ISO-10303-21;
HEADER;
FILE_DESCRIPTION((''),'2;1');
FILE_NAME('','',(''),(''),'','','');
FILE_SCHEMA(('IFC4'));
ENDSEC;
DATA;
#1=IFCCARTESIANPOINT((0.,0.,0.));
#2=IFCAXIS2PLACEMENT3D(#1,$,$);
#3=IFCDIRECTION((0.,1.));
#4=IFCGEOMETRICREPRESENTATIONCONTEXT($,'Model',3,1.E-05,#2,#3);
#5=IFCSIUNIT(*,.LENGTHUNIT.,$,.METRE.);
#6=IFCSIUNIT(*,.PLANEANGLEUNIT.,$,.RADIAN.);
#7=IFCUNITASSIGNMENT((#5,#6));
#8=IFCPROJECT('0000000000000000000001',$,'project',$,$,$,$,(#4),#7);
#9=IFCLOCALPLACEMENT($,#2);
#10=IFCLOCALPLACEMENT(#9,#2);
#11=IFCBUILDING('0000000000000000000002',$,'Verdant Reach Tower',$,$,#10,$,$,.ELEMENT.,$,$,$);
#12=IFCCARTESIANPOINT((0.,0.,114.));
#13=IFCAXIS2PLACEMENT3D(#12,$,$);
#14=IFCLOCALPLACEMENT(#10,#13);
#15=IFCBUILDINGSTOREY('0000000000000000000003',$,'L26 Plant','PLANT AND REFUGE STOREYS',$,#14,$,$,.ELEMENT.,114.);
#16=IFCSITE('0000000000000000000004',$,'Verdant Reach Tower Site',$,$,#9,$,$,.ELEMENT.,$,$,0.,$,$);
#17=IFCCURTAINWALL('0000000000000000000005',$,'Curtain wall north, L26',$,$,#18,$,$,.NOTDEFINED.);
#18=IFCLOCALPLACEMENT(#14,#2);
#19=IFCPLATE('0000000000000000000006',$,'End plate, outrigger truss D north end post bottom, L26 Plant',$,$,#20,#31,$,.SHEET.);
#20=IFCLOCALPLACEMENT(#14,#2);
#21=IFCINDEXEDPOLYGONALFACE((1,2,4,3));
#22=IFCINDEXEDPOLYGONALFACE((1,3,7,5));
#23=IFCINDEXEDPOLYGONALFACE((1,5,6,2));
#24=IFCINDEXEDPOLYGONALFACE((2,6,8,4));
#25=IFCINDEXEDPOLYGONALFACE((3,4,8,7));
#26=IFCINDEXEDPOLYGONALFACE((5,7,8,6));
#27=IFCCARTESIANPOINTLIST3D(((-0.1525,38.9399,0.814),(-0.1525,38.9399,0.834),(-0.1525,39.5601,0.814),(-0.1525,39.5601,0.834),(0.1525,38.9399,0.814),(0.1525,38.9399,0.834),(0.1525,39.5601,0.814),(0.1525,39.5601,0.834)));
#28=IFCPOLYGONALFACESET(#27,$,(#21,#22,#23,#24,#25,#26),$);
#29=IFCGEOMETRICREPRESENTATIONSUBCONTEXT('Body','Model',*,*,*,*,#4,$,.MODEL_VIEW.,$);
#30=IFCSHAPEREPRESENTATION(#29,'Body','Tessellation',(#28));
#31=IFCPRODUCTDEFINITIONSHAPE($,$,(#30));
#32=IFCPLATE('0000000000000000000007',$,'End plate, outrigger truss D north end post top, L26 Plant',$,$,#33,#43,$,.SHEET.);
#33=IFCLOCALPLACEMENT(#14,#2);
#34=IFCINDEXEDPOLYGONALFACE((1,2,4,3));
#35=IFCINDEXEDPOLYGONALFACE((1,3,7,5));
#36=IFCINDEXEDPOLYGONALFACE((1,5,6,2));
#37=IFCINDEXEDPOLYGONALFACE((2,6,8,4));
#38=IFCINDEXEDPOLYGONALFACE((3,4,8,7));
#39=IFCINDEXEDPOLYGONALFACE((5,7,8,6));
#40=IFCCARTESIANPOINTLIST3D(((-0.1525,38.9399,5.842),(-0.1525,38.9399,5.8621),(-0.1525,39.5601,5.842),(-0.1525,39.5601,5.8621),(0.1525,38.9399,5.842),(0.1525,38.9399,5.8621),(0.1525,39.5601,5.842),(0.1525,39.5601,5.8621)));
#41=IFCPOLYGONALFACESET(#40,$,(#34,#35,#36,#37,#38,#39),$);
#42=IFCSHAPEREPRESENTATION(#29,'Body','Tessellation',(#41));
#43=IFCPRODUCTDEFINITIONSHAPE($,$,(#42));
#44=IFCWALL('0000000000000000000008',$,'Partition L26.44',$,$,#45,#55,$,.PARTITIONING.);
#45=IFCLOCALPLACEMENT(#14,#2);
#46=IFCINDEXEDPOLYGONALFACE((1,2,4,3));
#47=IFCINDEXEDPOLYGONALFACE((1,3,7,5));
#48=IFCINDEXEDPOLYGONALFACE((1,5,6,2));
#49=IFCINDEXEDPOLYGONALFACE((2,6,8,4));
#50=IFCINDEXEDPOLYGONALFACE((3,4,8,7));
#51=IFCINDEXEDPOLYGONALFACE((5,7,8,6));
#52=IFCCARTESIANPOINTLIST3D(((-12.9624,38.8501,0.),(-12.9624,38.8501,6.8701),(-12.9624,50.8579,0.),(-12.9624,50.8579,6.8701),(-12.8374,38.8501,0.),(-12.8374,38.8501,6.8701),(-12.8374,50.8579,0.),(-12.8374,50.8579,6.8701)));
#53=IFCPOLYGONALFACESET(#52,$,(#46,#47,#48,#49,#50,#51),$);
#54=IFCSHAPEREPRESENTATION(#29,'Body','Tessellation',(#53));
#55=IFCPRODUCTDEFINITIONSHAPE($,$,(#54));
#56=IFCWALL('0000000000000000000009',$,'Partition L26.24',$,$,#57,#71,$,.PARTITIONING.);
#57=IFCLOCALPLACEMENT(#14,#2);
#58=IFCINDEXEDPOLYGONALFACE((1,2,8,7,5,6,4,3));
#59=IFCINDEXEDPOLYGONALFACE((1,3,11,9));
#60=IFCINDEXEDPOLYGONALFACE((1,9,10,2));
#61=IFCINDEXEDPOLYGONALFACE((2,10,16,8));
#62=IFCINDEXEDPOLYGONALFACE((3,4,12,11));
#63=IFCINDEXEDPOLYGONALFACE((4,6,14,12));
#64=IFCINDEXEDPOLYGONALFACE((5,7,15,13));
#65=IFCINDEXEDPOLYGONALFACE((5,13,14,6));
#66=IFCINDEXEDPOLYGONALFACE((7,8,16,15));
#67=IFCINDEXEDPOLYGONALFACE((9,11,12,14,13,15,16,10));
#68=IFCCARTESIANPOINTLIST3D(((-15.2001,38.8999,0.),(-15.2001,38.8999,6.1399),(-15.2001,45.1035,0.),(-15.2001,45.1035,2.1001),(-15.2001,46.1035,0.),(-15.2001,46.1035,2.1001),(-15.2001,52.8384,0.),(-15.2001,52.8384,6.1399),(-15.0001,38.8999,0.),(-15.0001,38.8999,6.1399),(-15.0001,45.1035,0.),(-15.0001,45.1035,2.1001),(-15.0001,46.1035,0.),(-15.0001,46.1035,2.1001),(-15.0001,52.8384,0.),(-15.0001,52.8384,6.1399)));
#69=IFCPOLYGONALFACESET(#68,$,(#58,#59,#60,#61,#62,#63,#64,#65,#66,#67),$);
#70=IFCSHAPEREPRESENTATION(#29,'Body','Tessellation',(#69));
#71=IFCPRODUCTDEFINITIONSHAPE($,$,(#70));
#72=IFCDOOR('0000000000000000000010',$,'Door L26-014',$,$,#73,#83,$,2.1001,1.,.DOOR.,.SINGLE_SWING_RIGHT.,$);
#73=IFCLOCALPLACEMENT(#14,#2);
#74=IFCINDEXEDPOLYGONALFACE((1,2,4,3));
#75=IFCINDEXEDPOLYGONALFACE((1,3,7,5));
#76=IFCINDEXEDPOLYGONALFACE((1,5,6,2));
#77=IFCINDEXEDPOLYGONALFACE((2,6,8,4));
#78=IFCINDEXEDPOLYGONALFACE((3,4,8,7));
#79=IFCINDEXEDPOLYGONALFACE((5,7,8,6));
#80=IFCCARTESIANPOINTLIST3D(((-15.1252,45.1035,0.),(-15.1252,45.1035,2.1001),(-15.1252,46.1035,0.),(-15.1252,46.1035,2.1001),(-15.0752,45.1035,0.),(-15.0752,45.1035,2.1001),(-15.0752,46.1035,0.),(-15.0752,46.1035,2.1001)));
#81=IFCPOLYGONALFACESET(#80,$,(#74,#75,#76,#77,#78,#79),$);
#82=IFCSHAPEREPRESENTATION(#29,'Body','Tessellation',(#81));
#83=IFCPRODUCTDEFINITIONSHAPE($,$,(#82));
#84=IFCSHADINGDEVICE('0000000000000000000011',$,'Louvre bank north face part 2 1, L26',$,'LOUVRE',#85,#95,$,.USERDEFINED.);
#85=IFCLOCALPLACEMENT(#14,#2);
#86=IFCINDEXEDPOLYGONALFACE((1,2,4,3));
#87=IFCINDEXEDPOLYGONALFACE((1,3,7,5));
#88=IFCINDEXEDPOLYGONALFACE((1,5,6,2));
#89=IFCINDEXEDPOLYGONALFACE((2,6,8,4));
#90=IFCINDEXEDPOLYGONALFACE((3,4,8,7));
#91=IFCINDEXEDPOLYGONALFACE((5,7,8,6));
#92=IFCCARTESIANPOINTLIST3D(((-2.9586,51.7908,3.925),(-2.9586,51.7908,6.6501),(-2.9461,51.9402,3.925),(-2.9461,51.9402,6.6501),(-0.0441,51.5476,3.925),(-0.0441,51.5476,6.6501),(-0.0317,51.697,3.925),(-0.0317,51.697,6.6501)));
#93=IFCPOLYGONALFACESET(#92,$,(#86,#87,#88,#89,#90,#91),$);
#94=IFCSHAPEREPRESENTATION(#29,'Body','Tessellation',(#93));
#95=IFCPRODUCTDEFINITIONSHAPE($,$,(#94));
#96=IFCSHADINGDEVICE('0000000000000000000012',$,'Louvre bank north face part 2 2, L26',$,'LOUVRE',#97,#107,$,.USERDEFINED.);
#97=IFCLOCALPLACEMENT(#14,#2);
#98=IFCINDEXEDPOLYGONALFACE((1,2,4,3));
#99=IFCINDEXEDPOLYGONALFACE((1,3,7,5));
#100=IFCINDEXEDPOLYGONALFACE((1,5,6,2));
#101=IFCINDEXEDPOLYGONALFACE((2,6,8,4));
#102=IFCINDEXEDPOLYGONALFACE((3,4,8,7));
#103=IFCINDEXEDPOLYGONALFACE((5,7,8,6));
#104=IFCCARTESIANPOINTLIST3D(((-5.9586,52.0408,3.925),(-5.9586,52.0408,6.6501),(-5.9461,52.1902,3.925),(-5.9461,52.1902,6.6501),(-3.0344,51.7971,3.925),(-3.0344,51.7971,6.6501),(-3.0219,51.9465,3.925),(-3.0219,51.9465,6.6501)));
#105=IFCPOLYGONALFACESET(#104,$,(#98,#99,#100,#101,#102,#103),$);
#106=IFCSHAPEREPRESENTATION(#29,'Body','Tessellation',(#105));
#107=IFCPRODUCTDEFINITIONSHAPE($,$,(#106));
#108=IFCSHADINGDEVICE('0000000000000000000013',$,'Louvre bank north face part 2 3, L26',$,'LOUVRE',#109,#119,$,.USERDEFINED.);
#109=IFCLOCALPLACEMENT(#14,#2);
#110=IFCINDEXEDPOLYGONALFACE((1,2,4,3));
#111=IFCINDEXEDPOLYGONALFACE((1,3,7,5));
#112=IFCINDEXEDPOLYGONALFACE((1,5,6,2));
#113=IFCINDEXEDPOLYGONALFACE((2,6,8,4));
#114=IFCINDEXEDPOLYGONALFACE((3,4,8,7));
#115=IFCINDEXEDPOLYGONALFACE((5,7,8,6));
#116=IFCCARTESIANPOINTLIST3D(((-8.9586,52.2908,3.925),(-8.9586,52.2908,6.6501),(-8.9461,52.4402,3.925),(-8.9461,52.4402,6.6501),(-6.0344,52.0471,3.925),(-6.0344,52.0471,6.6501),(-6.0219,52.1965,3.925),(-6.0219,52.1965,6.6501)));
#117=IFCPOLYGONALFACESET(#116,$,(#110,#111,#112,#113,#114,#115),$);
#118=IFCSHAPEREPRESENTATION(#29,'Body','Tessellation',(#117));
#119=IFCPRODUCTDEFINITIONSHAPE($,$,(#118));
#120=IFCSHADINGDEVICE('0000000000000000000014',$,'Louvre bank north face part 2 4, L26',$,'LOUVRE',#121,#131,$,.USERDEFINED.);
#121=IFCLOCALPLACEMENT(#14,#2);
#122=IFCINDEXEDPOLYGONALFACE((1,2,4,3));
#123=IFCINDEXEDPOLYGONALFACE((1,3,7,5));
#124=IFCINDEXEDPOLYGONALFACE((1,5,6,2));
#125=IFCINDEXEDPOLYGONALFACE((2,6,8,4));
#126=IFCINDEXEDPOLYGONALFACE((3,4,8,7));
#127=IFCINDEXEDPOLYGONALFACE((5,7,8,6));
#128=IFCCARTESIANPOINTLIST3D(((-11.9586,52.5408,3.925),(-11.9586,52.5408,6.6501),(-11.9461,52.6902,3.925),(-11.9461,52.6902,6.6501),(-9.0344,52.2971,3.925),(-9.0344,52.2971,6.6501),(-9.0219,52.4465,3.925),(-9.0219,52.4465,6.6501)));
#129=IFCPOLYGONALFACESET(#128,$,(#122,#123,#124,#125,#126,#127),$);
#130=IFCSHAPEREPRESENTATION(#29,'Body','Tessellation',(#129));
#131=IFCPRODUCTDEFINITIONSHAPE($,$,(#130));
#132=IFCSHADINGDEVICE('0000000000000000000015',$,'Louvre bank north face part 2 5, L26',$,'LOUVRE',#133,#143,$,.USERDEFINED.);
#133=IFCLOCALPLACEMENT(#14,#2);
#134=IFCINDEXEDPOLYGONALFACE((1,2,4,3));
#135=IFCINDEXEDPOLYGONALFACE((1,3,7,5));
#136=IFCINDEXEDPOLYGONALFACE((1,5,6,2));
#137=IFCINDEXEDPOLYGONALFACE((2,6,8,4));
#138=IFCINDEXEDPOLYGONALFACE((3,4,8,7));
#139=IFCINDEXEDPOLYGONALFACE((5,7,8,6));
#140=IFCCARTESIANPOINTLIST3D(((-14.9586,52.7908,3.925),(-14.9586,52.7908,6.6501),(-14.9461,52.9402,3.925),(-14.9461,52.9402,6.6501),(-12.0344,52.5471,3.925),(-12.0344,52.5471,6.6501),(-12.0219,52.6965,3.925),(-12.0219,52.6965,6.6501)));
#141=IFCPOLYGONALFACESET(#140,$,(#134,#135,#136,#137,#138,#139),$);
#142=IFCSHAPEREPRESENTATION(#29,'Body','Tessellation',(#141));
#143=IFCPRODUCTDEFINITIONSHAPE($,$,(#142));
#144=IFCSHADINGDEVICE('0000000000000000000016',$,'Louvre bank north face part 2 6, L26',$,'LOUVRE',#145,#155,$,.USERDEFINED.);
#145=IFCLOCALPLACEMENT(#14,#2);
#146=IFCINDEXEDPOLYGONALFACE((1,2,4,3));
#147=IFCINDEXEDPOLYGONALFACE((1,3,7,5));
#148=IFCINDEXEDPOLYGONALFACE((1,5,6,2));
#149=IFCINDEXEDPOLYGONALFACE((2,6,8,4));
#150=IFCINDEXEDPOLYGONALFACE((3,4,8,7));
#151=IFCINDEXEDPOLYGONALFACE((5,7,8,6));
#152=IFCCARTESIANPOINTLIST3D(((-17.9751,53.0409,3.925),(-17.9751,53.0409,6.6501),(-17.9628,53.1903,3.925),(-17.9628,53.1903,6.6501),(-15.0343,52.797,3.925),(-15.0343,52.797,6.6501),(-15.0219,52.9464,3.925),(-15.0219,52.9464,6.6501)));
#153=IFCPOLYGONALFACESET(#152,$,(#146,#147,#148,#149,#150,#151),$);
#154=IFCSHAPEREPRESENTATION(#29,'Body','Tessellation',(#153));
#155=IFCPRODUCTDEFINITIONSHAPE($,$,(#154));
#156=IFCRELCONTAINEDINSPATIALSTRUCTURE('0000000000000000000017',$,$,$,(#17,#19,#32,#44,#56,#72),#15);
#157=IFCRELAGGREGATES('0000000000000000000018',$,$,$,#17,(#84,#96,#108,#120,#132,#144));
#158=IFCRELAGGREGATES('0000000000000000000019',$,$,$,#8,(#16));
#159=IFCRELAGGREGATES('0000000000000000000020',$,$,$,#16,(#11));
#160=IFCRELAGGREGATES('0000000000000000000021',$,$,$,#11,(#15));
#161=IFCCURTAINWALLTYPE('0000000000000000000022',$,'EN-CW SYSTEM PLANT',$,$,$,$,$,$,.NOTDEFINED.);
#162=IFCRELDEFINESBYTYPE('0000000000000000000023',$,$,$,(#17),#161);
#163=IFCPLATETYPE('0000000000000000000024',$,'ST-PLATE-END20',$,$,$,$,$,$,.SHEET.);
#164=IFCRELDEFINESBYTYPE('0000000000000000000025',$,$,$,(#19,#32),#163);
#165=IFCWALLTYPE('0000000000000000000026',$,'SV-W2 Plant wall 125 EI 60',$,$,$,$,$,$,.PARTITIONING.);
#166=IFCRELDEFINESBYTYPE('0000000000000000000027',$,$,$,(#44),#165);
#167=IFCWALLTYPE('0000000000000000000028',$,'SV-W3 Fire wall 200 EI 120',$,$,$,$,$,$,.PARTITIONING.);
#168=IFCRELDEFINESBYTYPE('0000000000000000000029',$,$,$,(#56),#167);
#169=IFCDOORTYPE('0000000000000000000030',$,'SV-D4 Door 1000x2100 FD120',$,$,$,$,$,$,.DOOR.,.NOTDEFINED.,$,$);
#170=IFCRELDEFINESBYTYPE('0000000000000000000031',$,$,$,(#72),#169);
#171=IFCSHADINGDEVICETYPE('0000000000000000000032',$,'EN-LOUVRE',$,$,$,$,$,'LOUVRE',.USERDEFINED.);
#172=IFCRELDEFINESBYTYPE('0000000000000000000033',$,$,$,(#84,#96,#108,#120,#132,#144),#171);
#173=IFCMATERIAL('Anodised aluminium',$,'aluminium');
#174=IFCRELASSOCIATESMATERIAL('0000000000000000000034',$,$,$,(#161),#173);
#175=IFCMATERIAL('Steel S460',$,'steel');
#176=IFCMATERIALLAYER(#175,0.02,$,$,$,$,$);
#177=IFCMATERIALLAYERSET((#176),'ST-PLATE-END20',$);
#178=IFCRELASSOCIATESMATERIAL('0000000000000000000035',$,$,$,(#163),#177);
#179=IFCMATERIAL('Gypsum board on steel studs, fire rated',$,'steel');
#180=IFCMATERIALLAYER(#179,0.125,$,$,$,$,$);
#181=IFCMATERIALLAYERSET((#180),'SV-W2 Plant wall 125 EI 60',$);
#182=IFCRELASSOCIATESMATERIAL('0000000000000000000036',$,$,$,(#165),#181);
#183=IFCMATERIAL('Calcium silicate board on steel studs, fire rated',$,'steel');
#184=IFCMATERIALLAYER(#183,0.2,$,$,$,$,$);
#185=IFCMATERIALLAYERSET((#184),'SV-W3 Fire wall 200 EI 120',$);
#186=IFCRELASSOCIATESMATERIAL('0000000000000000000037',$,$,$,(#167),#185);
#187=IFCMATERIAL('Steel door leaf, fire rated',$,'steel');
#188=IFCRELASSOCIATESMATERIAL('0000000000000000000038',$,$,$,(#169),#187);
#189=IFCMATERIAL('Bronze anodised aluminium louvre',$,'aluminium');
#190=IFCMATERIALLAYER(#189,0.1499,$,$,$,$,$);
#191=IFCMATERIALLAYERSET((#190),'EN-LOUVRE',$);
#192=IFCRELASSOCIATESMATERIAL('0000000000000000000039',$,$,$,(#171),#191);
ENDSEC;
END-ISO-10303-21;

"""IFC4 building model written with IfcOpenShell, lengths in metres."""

from ifc_helpers import new_model, si_unit, direction, frame, frame_2d, origin, origin_2d, place, context, subcontext, project, spatial, rectangle, extrude, material, layer, layer_set, type_object, element, fill, aggregate, save


model = new_model("IFC4")

# Units and contexts
model_context = context("Model", 3, precision=1e-05, world=origin(), true_north=direction((0.0, 1.0)))
body_context = subcontext(model_context, "Body", "Model", "MODEL_VIEW")
ifc_project = project(units=[si_unit("LENGTHUNIT", "METRE"), si_unit("PLANEANGLEUNIT", "RADIAN")], contexts=[model_context])

# Site, building, storey
site_placement = place(None, origin())
site = spatial("IfcSite", under=ifc_project, at=site_placement, Name="Verdant Reach Tower Site", CompositionType="ELEMENT", RefElevation=0.0)
building_placement = place(site_placement, origin())
building = spatial("IfcBuilding", under=site, at=building_placement, Name="Verdant Reach Tower", CompositionType="ELEMENT")
storey_placement = place(building_placement, frame((0.0, 0.0, 114.0)))
storey = spatial("IfcBuildingStorey", under=building, at=storey_placement, Name="L26 Plant", Description="PLANT AND REFUGE STOREYS", CompositionType="ELEMENT", Elevation=114.0)

# Shared definitions
ifc_material_1 = material(Name="Steel S460", Category="steel")

# Curtain wall
ifc_material_2 = material(Name="Anodised aluminium", Category="aluminium")
curtain_wall_type = type_object("IfcCurtainWallType", Name="EN-CW SYSTEM PLANT", PredefinedType="NOTDEFINED", material=ifc_material_2)
curtain_wall_placement = place(storey_placement, origin())
curtain_wall = element("IfcCurtainWall", 1, at=curtain_wall_placement, inside=storey, type_object=curtain_wall_type, Name="Curtain wall north, L26", PredefinedType="NOTDEFINED")

# Plates
ifc_layer_1 = layer(ifc_material_1, 0.02)
ifc_layer_set_1 = layer_set([ifc_layer_1], Name="ST-PLATE-END20")
plate_type_1 = type_object("IfcPlateType", Name="ST-PLATE-END20", PredefinedType="SHEET", material=ifc_layer_set_1)
for number, where, z_axis, x_axis, name in (
    (2, (0.0, 39.25, 0.814), (0.0, 0.0, 1.0), (1.0, 0.0, 0.0), "End plate, outrigger truss D north end post bottom, L26 Plant"),
    (3, (0.0, 39.25, 5.842), (0.0, 0.0, 1.0), (1.0, 0.0, 0.0), "End plate, outrigger truss D north end post top, L26 Plant"),
):
    element("IfcPlate", number, at=place(storey_placement, frame(where, z_axis=z_axis, x_axis=x_axis)), inside=storey, type_object=plate_type_1, Name=name, PredefinedType="SHEET", context=body_context, shape_type="SweptSolid", body=[
        extrude(rectangle(XDim=0.3049, YDim=0.6201, at=origin_2d()), origin(), (0.0, 0.0, 1.0), 0.02),
    ])

# Wall
ifc_material_3 = material(Name="Gypsum board on steel studs, fire rated", Category="steel")
ifc_layer_2 = layer(ifc_material_3, 0.125)
ifc_layer_set_2 = layer_set([ifc_layer_2], Name="SV-W2 Plant wall 125 EI 60")
wall_type_1 = type_object("IfcWallType", Name="SV-W2 Plant wall 125 EI 60", PredefinedType="PARTITIONING", material=ifc_layer_set_2)
wall_1_placement = place(storey_placement, frame((-12.8999, 50.8579, 0.0), z_axis=(0.0, 0.0, 1.0), x_axis=(0.0, -1.0, 0.0)))
element("IfcWall", 4, at=wall_1_placement, inside=storey, type_object=wall_type_1, Name="Partition L26.44", PredefinedType="PARTITIONING", context=body_context, shape_type="SweptSolid", body=[
    extrude(rectangle(XDim=12.0078, YDim=0.125, at=frame_2d((6.0039, 0.0))), origin(), (0.0, 0.0, 1.0), 6.8701),
])

# Wall, opening, door
ifc_material_4 = material(Name="Calcium silicate board on steel studs, fire rated", Category="steel")
ifc_layer_3 = layer(ifc_material_4, 0.2)
ifc_layer_set_3 = layer_set([ifc_layer_3], Name="SV-W3 Fire wall 200 EI 120")
wall_type_2 = type_object("IfcWallType", Name="SV-W3 Fire wall 200 EI 120", PredefinedType="PARTITIONING", material=ifc_layer_set_3)
wall_2_placement = place(storey_placement, frame((-15.1001, 52.8384, 0.0), z_axis=(0.0, 0.0, 1.0), x_axis=(0.0, -1.0, 0.0)))
wall_2 = element("IfcWall", 5, at=wall_2_placement, inside=storey, type_object=wall_type_2, Name="Partition L26.24", PredefinedType="PARTITIONING", context=body_context, shape_type="SweptSolid", body=[
    extrude(rectangle(XDim=13.9385, YDim=0.2, at=frame_2d((6.9692, 0.0))), origin(), (0.0, 0.0, 1.0), 6.1399),
])
opening_placement = place(wall_2_placement, frame((6.7349, 0.0, 0.0)))
opening = element("IfcOpeningElement", 6, at=opening_placement, cuts=wall_2, PredefinedType="OPENING", context=body_context, shape_type="SweptSolid", body=[
    extrude(rectangle(XDim=1.0, YDim=2.1001, at=frame_2d((0.5, 1.05))), frame((0.0, 0.1099, 0.0), z_axis=(0.0, -1.0, 0.0), x_axis=(1.0, 0.0, 0.0)), (0.0, 0.0, 1.0), 0.22),
])
ifc_material_5 = material(Name="Steel door leaf, fire rated", Category="steel")
door_type = type_object("IfcDoorType", Name="SV-D4 Door 1000x2100 FD120", OperationType="NOTDEFINED", PredefinedType="DOOR", material=ifc_material_5)
door_placement = place(opening_placement, origin())
door = element("IfcDoor", 7, at=door_placement, inside=storey, type_object=door_type, Name="Door L26-014", OperationType="SINGLE_SWING_RIGHT", OverallHeight=2.1001, OverallWidth=1.0, PredefinedType="DOOR", context=body_context, shape_type="SweptSolid", body=[
    extrude(rectangle(XDim=1.0, YDim=2.1001, at=frame_2d((0.5, 1.05))), frame((0.0, 0.0249, 0.0), z_axis=(0.0, -1.0, 0.0), x_axis=(1.0, 0.0, 0.0)), (0.0, 0.0, 1.0), 0.05),
])
fill(opening, door)

# Shading devices
ifc_material_6 = material(Name="Bronze anodised aluminium louvre", Category="aluminium")
ifc_layer_4 = layer(ifc_material_6, 0.1499)
ifc_layer_set_4 = layer_set([ifc_layer_4], Name="EN-LOUVRE")
shading_device_type = type_object("IfcShadingDeviceType", Name="EN-LOUVRE", ElementType="LOUVRE", PredefinedType="USERDEFINED", material=ifc_layer_set_4)
shading_device_1_placement = place(storey_placement, frame((-1.4951, 51.7439, 3.925), z_axis=(0.0, 0.0, 1.0), x_axis=(-0.996534, 0.083182, 0.0)))
shading_device_1 = element("IfcShadingDevice", 8, at=shading_device_1_placement, type_object=shading_device_type, Name="Louvre bank north face part 2 1, L26", ObjectType="LOUVRE", PredefinedType="USERDEFINED", context=body_context, shape_type="SweptSolid", body=[
    extrude(rectangle(XDim=2.9246, YDim=0.1499, at=origin_2d()), origin(), (0.0, 0.0, 1.0), 2.7251),
])
shading_device_2_placement = place(storey_placement, frame((-4.4902, 51.9937, 3.925), z_axis=(0.0, 0.0, 1.0), x_axis=(-0.996546, 0.083045, 0.0)))
shading_device_2 = element("IfcShadingDevice", 9, at=shading_device_2_placement, type_object=shading_device_type, Name="Louvre bank north face part 2 2, L26", ObjectType="LOUVRE", PredefinedType="USERDEFINED", context=body_context, shape_type="SweptSolid", body=[
    extrude(rectangle(XDim=2.9343, YDim=0.1499, at=origin_2d()), origin(), (0.0, 0.0, 1.0), 2.7251),
])
shading_device_3_placement = place(storey_placement, frame((-7.4902, 52.2437, 3.925), z_axis=(0.0, 0.0, 1.0), x_axis=(-0.996546, 0.083045, 0.0)))
shading_device_3 = element("IfcShadingDevice", 10, at=shading_device_3_placement, type_object=shading_device_type, Name="Louvre bank north face part 2 3, L26", ObjectType="LOUVRE", PredefinedType="USERDEFINED", context=body_context, shape_type="SweptSolid", body=[
    extrude(rectangle(XDim=2.9343, YDim=0.1499, at=origin_2d()), origin(), (0.0, 0.0, 1.0), 2.7251),
])
shading_device_4_placement = place(storey_placement, frame((-10.4902, 52.4937, 3.925), z_axis=(0.0, 0.0, 1.0), x_axis=(-0.996546, 0.083045, 0.0)))
shading_device_4 = element("IfcShadingDevice", 11, at=shading_device_4_placement, type_object=shading_device_type, Name="Louvre bank north face part 2 4, L26", ObjectType="LOUVRE", PredefinedType="USERDEFINED", context=body_context, shape_type="SweptSolid", body=[
    extrude(rectangle(XDim=2.9343, YDim=0.1499, at=origin_2d()), origin(), (0.0, 0.0, 1.0), 2.7251),
])
shading_device_5_placement = place(storey_placement, frame((-13.4902, 52.7437, 3.925), z_axis=(0.0, 0.0, 1.0), x_axis=(-0.996546, 0.083045, 0.0)))
shading_device_5 = element("IfcShadingDevice", 12, at=shading_device_5_placement, type_object=shading_device_type, Name="Louvre bank north face part 2 5, L26", ObjectType="LOUVRE", PredefinedType="USERDEFINED", context=body_context, shape_type="SweptSolid", body=[
    extrude(rectangle(XDim=2.9343, YDim=0.1499, at=origin_2d()), origin(), (0.0, 0.0, 1.0), 2.7251),
])
shading_device_6_placement = place(storey_placement, frame((-16.4985, 52.9937, 3.925), z_axis=(0.0, 0.0, 1.0), x_axis=(-0.996578, 0.082664, 0.0)))
shading_device_6 = element("IfcShadingDevice", 13, at=shading_device_6_placement, type_object=shading_device_type, Name="Louvre bank north face part 2 6, L26", ObjectType="LOUVRE", PredefinedType="USERDEFINED", context=body_context, shape_type="SweptSolid", body=[
    extrude(rectangle(XDim=2.9509, YDim=0.1499, at=origin_2d()), origin(), (0.0, 0.0, 1.0), 2.7251),
])
aggregate(curtain_wall, [shading_device_1, shading_device_2, shading_device_3, shading_device_4, shading_device_5, shading_device_6])

save(model, "model.ifc")
